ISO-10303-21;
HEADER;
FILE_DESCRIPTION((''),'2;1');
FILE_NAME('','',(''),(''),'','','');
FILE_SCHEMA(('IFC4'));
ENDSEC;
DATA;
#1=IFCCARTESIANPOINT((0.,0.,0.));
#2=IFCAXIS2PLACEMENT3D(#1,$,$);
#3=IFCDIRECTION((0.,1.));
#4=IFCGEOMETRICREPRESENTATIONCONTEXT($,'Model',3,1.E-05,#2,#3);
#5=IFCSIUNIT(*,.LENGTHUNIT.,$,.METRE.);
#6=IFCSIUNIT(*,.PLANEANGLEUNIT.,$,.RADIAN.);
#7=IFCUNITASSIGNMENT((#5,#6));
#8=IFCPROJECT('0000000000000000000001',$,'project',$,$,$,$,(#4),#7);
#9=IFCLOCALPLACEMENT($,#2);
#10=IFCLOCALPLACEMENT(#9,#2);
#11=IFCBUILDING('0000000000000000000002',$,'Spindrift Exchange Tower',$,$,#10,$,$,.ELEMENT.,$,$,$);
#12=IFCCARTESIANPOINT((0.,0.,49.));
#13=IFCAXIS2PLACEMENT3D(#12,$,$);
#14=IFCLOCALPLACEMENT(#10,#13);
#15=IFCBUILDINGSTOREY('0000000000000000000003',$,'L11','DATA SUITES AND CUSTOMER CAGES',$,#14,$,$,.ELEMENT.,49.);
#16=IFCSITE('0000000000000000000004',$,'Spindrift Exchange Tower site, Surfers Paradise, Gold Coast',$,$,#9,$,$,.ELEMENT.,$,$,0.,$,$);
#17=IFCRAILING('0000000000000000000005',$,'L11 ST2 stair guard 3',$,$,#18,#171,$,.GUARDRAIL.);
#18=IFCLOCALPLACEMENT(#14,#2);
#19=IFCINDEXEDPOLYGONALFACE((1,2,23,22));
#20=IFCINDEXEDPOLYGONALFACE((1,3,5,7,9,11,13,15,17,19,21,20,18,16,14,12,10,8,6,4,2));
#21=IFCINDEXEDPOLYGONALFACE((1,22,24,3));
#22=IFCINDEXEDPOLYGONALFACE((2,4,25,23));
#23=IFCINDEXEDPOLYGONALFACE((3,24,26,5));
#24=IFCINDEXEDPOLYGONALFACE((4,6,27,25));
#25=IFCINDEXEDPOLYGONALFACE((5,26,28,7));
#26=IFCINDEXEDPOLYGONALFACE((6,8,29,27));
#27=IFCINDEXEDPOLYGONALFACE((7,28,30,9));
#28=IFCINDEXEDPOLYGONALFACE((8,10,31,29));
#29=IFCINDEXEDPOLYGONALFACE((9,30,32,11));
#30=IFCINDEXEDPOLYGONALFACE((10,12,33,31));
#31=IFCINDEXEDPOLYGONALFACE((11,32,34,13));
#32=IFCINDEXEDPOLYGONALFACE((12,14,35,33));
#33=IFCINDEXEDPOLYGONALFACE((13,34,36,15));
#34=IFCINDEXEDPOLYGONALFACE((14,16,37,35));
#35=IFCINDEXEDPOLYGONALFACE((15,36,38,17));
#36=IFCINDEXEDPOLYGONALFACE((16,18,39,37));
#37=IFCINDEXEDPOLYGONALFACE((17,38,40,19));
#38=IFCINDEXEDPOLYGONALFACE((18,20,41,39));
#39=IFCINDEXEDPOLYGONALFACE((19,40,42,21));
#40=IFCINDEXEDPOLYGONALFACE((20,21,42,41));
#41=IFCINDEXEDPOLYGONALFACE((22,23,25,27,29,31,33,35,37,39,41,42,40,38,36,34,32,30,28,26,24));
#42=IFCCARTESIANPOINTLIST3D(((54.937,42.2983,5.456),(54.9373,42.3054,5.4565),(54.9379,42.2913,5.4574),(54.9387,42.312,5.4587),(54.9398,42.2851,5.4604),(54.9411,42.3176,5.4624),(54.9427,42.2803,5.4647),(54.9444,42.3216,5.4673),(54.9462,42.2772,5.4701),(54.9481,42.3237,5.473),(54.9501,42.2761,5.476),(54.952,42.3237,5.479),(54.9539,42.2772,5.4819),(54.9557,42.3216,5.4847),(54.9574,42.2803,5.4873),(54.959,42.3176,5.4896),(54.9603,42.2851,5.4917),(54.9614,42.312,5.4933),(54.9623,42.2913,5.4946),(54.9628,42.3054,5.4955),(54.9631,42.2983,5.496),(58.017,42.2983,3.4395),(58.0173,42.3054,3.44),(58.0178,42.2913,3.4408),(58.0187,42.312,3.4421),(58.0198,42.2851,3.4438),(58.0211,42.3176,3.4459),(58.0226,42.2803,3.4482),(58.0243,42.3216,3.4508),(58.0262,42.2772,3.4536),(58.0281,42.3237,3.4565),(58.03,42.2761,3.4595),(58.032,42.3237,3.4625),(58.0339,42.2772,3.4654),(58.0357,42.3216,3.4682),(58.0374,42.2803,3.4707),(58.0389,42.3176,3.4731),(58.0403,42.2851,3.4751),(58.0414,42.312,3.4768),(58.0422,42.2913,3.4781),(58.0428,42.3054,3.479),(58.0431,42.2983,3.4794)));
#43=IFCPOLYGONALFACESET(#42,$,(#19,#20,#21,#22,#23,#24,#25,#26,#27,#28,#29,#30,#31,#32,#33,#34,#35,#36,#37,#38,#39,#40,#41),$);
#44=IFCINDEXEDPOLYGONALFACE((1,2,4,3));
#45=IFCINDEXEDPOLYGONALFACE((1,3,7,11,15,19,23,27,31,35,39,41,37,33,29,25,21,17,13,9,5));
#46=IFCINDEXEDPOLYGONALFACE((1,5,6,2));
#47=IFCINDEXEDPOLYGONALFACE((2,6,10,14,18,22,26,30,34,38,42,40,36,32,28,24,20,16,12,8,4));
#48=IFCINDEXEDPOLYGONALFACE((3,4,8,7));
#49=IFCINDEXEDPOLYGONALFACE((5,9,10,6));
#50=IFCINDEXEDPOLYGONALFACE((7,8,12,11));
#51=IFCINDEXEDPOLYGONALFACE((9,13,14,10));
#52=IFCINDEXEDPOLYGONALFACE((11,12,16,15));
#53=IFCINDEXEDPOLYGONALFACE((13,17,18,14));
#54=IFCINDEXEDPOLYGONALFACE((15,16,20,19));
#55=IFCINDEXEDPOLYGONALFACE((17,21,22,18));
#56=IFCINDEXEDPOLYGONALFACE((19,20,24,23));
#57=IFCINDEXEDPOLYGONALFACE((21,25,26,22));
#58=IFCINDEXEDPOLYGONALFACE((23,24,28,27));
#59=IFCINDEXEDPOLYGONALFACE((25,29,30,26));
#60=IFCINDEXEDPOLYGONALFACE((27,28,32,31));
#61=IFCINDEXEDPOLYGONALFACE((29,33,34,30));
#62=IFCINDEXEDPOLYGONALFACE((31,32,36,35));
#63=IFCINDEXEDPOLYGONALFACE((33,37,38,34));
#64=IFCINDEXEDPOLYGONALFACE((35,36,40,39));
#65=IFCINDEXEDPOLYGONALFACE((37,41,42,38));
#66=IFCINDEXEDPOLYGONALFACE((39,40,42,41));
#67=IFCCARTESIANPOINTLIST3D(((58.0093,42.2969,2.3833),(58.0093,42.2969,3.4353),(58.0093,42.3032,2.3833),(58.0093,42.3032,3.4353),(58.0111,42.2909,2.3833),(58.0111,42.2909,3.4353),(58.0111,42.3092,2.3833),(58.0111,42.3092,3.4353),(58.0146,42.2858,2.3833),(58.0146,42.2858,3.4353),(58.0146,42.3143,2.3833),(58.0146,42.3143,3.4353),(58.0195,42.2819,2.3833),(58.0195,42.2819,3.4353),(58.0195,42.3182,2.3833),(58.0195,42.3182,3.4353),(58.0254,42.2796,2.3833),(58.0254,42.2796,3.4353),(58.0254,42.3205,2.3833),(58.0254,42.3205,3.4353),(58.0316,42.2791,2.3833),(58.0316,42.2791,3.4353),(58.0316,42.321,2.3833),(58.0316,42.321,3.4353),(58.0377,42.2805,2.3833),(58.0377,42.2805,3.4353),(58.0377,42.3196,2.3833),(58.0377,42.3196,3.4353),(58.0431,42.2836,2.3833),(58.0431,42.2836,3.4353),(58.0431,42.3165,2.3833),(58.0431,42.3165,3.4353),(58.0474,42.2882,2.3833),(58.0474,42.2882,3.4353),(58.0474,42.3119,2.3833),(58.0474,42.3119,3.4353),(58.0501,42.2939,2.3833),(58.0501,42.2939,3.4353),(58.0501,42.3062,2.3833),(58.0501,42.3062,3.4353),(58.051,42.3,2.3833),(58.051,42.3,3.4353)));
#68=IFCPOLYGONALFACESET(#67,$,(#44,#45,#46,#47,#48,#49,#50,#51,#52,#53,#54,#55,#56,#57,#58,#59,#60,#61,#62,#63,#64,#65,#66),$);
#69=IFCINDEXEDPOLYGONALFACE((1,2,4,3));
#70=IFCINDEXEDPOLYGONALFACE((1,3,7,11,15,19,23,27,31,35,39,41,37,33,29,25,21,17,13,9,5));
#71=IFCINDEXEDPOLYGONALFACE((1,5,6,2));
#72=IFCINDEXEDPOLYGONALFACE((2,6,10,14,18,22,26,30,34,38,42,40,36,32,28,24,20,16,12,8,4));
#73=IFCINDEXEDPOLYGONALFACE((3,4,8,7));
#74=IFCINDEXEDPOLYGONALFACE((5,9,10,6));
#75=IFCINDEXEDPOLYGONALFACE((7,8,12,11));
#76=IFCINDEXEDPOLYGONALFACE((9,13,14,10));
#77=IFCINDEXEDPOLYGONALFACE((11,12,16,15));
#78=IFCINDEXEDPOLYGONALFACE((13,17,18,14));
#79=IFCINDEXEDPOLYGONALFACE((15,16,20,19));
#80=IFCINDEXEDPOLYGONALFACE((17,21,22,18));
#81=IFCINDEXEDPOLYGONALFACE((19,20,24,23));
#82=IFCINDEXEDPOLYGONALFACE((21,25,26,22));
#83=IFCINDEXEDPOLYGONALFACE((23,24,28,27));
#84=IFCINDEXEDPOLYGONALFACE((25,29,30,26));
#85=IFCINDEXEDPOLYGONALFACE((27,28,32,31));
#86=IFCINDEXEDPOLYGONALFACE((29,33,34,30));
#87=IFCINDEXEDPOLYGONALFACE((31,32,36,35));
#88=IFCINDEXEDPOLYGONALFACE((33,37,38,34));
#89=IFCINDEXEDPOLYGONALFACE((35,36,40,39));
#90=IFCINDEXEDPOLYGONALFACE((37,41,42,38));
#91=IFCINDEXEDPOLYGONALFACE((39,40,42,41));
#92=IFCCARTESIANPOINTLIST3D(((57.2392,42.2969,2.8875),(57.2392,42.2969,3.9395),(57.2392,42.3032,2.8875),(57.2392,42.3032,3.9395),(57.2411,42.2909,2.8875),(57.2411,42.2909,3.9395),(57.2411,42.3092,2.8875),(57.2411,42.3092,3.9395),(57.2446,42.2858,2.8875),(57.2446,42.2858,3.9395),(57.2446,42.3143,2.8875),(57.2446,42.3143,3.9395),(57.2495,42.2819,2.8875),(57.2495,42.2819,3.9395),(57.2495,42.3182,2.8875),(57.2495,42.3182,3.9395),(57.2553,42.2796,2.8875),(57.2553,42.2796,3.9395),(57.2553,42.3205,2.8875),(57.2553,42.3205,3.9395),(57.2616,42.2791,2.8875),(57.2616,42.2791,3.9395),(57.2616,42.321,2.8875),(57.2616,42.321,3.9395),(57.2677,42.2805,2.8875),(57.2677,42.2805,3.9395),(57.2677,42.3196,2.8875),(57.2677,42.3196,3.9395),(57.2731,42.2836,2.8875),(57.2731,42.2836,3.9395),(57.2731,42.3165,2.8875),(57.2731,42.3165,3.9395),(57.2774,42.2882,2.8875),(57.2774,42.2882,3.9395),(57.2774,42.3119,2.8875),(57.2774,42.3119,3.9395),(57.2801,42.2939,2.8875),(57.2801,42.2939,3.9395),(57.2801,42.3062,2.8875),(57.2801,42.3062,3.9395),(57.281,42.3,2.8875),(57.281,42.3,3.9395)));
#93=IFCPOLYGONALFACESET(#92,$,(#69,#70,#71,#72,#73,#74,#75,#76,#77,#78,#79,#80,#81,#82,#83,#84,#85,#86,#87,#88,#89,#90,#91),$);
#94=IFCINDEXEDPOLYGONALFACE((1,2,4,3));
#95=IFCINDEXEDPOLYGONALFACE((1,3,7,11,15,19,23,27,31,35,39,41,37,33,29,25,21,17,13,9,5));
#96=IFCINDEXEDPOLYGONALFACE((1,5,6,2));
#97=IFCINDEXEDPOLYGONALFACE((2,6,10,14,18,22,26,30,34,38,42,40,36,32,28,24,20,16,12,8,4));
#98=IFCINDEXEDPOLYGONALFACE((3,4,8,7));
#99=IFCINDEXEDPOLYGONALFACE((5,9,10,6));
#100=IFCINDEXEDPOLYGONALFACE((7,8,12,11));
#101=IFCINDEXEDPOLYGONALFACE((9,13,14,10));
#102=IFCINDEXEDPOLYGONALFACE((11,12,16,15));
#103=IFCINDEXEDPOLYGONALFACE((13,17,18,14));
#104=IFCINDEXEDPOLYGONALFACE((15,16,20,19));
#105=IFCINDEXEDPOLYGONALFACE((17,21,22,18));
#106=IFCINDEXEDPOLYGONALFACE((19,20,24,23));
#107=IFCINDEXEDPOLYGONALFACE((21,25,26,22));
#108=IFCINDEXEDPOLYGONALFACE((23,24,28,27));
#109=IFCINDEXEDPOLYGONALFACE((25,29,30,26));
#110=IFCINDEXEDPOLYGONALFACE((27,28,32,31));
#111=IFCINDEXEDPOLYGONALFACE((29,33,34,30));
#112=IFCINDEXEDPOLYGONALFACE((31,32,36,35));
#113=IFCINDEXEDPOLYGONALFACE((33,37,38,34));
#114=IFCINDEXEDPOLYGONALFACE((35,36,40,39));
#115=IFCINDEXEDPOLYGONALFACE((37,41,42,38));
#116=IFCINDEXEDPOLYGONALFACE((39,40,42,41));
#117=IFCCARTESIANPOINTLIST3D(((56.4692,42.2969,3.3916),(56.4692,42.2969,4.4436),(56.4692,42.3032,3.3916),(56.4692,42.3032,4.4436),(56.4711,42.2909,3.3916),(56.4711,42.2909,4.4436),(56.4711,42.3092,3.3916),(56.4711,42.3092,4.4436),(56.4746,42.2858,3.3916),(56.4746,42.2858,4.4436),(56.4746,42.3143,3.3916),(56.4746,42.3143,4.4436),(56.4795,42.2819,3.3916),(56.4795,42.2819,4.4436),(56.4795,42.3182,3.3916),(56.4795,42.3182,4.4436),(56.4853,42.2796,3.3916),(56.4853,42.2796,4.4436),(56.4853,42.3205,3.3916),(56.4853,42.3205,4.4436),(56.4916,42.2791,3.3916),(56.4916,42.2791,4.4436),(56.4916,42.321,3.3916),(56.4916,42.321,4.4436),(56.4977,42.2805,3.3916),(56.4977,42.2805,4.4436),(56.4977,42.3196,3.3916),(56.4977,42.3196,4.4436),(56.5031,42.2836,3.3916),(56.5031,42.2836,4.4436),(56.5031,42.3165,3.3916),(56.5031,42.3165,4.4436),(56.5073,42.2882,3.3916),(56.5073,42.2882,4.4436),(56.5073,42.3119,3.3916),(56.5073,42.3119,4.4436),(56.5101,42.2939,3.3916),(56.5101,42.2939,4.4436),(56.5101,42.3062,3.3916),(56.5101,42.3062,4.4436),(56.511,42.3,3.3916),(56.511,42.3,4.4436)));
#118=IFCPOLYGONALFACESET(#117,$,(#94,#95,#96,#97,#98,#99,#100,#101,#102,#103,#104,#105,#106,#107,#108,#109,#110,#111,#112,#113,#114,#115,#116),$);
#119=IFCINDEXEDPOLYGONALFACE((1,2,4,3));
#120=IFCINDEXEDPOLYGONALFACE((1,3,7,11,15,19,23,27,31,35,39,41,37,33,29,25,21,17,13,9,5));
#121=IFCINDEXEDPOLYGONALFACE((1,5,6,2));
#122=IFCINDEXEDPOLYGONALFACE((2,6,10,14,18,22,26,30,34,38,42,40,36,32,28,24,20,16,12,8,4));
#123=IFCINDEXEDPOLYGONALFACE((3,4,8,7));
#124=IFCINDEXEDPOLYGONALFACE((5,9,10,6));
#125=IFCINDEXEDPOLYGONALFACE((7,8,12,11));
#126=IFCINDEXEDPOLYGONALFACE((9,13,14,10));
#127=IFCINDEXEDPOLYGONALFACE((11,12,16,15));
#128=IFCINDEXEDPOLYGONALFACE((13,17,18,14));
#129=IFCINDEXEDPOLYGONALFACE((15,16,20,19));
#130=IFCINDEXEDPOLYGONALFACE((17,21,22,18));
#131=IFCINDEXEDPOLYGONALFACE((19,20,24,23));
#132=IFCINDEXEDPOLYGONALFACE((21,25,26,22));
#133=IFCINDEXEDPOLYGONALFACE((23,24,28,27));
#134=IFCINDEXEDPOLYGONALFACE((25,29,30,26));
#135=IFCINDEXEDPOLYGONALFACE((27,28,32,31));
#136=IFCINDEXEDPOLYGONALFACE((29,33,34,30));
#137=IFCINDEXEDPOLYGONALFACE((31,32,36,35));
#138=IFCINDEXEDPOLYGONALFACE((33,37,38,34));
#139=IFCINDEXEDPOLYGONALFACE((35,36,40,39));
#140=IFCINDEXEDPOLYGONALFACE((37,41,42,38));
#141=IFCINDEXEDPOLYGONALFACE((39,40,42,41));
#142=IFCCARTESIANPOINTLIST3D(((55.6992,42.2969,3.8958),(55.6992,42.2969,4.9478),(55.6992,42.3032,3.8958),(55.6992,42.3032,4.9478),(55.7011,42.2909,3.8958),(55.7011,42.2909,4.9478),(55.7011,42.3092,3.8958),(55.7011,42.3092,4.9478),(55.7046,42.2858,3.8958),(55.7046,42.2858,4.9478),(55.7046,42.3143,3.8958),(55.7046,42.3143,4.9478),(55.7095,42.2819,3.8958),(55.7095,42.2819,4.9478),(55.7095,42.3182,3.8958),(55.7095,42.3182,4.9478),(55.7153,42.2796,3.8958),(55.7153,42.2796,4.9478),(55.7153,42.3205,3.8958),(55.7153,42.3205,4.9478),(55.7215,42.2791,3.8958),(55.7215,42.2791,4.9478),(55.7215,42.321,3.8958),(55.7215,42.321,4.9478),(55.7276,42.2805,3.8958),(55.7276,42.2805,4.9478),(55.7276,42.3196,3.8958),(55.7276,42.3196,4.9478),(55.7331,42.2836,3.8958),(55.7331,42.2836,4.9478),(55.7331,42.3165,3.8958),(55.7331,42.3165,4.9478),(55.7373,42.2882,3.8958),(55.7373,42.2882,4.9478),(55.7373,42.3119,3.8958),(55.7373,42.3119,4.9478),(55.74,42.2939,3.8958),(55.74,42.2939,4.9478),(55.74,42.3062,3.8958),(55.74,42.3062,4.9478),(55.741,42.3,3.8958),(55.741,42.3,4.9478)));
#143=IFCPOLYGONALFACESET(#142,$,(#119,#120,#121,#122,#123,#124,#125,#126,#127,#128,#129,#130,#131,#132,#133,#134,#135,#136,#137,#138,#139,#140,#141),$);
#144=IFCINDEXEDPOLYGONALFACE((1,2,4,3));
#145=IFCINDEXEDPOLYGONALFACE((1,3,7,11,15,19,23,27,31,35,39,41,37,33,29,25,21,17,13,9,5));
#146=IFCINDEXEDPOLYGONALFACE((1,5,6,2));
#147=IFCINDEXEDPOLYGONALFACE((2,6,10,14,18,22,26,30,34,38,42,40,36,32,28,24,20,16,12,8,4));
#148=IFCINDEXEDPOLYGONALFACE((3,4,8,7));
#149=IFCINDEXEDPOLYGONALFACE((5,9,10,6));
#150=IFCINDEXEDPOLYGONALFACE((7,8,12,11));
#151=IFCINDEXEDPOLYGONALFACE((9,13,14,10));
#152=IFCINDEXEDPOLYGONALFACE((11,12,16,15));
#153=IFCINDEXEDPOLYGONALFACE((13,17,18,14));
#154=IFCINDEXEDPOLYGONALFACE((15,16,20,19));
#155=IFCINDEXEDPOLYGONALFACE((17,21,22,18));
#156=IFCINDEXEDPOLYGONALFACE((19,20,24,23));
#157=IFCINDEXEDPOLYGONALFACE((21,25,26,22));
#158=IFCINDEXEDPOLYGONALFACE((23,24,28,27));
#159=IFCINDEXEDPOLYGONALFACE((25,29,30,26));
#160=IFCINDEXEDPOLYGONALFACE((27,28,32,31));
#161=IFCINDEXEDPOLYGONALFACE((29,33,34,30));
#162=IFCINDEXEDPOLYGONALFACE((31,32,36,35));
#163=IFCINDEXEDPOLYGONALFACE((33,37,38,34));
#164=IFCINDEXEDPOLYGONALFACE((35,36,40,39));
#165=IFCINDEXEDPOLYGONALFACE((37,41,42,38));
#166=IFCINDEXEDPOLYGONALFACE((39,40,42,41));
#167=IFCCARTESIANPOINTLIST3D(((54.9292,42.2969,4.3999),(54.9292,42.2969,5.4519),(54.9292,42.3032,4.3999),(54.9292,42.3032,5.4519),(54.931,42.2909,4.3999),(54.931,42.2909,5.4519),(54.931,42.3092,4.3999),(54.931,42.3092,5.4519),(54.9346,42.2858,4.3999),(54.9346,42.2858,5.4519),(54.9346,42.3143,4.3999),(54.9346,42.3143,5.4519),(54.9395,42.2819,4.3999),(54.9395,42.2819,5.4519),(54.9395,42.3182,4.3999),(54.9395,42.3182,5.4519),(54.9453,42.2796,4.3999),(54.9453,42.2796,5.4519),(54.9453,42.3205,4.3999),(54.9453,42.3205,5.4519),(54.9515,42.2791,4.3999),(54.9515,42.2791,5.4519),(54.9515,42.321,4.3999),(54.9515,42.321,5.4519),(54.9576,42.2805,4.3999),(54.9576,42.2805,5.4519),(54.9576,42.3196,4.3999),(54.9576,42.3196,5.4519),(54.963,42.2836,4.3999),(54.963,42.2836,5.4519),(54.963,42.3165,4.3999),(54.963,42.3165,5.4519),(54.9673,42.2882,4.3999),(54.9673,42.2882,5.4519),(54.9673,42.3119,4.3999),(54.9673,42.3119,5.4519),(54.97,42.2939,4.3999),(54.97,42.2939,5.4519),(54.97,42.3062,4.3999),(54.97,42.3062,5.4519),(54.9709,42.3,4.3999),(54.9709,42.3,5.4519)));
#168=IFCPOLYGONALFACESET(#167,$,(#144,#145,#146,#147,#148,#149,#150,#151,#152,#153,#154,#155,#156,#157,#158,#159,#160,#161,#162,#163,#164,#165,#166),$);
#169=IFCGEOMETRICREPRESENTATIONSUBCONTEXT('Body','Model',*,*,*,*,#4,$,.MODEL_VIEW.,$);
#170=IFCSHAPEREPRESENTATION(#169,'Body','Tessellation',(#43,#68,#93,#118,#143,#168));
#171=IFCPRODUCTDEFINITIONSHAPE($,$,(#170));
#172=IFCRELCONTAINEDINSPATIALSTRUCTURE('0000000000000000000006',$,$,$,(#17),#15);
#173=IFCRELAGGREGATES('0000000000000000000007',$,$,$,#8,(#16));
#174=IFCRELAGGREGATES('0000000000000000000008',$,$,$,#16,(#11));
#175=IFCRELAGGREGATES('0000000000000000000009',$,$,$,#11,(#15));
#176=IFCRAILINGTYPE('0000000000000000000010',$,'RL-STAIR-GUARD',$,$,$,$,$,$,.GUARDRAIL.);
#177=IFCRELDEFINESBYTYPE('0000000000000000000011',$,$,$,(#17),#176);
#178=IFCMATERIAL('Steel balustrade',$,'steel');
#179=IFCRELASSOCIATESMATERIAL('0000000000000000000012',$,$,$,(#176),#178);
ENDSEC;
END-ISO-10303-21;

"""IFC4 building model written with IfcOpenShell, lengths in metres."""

from ifc_helpers import new_model, si_unit, direction, frame, origin, origin_2d, place, context, subcontext, project, spatial, circle, extrude, material, type_object, element, save


model = new_model("IFC4")

# Units and contexts
model_context = context("Model", 3, precision=1e-05, world=origin(), true_north=direction((0.0, 1.0)))
body_context = subcontext(model_context, "Body", "Model", "MODEL_VIEW")
ifc_project = project(units=[si_unit("LENGTHUNIT", "METRE"), si_unit("PLANEANGLEUNIT", "RADIAN")], contexts=[model_context])

# Site, building, storey
site_placement = place(None, origin())
site = spatial("IfcSite", under=ifc_project, at=site_placement, Name="Spindrift Exchange Tower site, Surfers Paradise, Gold Coast", CompositionType="ELEMENT", RefElevation=0.0)
building_placement = place(site_placement, origin())
building = spatial("IfcBuilding", under=site, at=building_placement, Name="Spindrift Exchange Tower", CompositionType="ELEMENT")
storey_placement = place(building_placement, frame((0.0, 0.0, 49.0)))
storey = spatial("IfcBuildingStorey", under=building, at=storey_placement, Name="L11", Description="DATA SUITES AND CUSTOMER CAGES", CompositionType="ELEMENT", Elevation=49.0)

# Railing
ifc_material_1 = material(Name="Steel balustrade", Category="steel")
railing_type_1 = type_object("IfcRailingType", Name="RL-STAIR-GUARD", PredefinedType="GUARDRAIL", material=ifc_material_1)
railing_1_placement = place(storey_placement, frame((58.03, 42.3, 2.3833)))
element("IfcRailing", 1, at=railing_1_placement, inside=storey, type_object=railing_type_1, Name="L11 ST2 stair guard 3", PredefinedType="GUARDRAIL", context=body_context, shape_type="SweptSolid", body=[
    extrude(circle(Radius=0.0239, at=origin_2d()), frame((0.0, 0.0, 1.0762), z_axis=(-0.836633, 0.0, 0.547764), x_axis=(0.0, -1.0, 0.0)), (0.0, 0.0, 1.0), 3.6814),
    extrude(circle(Radius=0.021, at=origin_2d()), origin(), (0.0, 0.0, 1.0), 1.052),
    extrude(circle(Radius=0.021, at=origin_2d()), frame((-0.77, 0.0, 0.5042)), (0.0, 0.0, 1.0), 1.052),
    extrude(circle(Radius=0.021, at=origin_2d()), frame((-1.54, 0.0, 1.0083)), (0.0, 0.0, 1.0), 1.052),
    extrude(circle(Radius=0.021, at=origin_2d()), frame((-2.3101, 0.0, 1.5125)), (0.0, 0.0, 1.0), 1.052),
    extrude(circle(Radius=0.021, at=origin_2d()), frame((-3.0801, 0.0, 2.0166)), (0.0, 0.0, 1.0), 1.052),
])

save(model, "model.ifc")
